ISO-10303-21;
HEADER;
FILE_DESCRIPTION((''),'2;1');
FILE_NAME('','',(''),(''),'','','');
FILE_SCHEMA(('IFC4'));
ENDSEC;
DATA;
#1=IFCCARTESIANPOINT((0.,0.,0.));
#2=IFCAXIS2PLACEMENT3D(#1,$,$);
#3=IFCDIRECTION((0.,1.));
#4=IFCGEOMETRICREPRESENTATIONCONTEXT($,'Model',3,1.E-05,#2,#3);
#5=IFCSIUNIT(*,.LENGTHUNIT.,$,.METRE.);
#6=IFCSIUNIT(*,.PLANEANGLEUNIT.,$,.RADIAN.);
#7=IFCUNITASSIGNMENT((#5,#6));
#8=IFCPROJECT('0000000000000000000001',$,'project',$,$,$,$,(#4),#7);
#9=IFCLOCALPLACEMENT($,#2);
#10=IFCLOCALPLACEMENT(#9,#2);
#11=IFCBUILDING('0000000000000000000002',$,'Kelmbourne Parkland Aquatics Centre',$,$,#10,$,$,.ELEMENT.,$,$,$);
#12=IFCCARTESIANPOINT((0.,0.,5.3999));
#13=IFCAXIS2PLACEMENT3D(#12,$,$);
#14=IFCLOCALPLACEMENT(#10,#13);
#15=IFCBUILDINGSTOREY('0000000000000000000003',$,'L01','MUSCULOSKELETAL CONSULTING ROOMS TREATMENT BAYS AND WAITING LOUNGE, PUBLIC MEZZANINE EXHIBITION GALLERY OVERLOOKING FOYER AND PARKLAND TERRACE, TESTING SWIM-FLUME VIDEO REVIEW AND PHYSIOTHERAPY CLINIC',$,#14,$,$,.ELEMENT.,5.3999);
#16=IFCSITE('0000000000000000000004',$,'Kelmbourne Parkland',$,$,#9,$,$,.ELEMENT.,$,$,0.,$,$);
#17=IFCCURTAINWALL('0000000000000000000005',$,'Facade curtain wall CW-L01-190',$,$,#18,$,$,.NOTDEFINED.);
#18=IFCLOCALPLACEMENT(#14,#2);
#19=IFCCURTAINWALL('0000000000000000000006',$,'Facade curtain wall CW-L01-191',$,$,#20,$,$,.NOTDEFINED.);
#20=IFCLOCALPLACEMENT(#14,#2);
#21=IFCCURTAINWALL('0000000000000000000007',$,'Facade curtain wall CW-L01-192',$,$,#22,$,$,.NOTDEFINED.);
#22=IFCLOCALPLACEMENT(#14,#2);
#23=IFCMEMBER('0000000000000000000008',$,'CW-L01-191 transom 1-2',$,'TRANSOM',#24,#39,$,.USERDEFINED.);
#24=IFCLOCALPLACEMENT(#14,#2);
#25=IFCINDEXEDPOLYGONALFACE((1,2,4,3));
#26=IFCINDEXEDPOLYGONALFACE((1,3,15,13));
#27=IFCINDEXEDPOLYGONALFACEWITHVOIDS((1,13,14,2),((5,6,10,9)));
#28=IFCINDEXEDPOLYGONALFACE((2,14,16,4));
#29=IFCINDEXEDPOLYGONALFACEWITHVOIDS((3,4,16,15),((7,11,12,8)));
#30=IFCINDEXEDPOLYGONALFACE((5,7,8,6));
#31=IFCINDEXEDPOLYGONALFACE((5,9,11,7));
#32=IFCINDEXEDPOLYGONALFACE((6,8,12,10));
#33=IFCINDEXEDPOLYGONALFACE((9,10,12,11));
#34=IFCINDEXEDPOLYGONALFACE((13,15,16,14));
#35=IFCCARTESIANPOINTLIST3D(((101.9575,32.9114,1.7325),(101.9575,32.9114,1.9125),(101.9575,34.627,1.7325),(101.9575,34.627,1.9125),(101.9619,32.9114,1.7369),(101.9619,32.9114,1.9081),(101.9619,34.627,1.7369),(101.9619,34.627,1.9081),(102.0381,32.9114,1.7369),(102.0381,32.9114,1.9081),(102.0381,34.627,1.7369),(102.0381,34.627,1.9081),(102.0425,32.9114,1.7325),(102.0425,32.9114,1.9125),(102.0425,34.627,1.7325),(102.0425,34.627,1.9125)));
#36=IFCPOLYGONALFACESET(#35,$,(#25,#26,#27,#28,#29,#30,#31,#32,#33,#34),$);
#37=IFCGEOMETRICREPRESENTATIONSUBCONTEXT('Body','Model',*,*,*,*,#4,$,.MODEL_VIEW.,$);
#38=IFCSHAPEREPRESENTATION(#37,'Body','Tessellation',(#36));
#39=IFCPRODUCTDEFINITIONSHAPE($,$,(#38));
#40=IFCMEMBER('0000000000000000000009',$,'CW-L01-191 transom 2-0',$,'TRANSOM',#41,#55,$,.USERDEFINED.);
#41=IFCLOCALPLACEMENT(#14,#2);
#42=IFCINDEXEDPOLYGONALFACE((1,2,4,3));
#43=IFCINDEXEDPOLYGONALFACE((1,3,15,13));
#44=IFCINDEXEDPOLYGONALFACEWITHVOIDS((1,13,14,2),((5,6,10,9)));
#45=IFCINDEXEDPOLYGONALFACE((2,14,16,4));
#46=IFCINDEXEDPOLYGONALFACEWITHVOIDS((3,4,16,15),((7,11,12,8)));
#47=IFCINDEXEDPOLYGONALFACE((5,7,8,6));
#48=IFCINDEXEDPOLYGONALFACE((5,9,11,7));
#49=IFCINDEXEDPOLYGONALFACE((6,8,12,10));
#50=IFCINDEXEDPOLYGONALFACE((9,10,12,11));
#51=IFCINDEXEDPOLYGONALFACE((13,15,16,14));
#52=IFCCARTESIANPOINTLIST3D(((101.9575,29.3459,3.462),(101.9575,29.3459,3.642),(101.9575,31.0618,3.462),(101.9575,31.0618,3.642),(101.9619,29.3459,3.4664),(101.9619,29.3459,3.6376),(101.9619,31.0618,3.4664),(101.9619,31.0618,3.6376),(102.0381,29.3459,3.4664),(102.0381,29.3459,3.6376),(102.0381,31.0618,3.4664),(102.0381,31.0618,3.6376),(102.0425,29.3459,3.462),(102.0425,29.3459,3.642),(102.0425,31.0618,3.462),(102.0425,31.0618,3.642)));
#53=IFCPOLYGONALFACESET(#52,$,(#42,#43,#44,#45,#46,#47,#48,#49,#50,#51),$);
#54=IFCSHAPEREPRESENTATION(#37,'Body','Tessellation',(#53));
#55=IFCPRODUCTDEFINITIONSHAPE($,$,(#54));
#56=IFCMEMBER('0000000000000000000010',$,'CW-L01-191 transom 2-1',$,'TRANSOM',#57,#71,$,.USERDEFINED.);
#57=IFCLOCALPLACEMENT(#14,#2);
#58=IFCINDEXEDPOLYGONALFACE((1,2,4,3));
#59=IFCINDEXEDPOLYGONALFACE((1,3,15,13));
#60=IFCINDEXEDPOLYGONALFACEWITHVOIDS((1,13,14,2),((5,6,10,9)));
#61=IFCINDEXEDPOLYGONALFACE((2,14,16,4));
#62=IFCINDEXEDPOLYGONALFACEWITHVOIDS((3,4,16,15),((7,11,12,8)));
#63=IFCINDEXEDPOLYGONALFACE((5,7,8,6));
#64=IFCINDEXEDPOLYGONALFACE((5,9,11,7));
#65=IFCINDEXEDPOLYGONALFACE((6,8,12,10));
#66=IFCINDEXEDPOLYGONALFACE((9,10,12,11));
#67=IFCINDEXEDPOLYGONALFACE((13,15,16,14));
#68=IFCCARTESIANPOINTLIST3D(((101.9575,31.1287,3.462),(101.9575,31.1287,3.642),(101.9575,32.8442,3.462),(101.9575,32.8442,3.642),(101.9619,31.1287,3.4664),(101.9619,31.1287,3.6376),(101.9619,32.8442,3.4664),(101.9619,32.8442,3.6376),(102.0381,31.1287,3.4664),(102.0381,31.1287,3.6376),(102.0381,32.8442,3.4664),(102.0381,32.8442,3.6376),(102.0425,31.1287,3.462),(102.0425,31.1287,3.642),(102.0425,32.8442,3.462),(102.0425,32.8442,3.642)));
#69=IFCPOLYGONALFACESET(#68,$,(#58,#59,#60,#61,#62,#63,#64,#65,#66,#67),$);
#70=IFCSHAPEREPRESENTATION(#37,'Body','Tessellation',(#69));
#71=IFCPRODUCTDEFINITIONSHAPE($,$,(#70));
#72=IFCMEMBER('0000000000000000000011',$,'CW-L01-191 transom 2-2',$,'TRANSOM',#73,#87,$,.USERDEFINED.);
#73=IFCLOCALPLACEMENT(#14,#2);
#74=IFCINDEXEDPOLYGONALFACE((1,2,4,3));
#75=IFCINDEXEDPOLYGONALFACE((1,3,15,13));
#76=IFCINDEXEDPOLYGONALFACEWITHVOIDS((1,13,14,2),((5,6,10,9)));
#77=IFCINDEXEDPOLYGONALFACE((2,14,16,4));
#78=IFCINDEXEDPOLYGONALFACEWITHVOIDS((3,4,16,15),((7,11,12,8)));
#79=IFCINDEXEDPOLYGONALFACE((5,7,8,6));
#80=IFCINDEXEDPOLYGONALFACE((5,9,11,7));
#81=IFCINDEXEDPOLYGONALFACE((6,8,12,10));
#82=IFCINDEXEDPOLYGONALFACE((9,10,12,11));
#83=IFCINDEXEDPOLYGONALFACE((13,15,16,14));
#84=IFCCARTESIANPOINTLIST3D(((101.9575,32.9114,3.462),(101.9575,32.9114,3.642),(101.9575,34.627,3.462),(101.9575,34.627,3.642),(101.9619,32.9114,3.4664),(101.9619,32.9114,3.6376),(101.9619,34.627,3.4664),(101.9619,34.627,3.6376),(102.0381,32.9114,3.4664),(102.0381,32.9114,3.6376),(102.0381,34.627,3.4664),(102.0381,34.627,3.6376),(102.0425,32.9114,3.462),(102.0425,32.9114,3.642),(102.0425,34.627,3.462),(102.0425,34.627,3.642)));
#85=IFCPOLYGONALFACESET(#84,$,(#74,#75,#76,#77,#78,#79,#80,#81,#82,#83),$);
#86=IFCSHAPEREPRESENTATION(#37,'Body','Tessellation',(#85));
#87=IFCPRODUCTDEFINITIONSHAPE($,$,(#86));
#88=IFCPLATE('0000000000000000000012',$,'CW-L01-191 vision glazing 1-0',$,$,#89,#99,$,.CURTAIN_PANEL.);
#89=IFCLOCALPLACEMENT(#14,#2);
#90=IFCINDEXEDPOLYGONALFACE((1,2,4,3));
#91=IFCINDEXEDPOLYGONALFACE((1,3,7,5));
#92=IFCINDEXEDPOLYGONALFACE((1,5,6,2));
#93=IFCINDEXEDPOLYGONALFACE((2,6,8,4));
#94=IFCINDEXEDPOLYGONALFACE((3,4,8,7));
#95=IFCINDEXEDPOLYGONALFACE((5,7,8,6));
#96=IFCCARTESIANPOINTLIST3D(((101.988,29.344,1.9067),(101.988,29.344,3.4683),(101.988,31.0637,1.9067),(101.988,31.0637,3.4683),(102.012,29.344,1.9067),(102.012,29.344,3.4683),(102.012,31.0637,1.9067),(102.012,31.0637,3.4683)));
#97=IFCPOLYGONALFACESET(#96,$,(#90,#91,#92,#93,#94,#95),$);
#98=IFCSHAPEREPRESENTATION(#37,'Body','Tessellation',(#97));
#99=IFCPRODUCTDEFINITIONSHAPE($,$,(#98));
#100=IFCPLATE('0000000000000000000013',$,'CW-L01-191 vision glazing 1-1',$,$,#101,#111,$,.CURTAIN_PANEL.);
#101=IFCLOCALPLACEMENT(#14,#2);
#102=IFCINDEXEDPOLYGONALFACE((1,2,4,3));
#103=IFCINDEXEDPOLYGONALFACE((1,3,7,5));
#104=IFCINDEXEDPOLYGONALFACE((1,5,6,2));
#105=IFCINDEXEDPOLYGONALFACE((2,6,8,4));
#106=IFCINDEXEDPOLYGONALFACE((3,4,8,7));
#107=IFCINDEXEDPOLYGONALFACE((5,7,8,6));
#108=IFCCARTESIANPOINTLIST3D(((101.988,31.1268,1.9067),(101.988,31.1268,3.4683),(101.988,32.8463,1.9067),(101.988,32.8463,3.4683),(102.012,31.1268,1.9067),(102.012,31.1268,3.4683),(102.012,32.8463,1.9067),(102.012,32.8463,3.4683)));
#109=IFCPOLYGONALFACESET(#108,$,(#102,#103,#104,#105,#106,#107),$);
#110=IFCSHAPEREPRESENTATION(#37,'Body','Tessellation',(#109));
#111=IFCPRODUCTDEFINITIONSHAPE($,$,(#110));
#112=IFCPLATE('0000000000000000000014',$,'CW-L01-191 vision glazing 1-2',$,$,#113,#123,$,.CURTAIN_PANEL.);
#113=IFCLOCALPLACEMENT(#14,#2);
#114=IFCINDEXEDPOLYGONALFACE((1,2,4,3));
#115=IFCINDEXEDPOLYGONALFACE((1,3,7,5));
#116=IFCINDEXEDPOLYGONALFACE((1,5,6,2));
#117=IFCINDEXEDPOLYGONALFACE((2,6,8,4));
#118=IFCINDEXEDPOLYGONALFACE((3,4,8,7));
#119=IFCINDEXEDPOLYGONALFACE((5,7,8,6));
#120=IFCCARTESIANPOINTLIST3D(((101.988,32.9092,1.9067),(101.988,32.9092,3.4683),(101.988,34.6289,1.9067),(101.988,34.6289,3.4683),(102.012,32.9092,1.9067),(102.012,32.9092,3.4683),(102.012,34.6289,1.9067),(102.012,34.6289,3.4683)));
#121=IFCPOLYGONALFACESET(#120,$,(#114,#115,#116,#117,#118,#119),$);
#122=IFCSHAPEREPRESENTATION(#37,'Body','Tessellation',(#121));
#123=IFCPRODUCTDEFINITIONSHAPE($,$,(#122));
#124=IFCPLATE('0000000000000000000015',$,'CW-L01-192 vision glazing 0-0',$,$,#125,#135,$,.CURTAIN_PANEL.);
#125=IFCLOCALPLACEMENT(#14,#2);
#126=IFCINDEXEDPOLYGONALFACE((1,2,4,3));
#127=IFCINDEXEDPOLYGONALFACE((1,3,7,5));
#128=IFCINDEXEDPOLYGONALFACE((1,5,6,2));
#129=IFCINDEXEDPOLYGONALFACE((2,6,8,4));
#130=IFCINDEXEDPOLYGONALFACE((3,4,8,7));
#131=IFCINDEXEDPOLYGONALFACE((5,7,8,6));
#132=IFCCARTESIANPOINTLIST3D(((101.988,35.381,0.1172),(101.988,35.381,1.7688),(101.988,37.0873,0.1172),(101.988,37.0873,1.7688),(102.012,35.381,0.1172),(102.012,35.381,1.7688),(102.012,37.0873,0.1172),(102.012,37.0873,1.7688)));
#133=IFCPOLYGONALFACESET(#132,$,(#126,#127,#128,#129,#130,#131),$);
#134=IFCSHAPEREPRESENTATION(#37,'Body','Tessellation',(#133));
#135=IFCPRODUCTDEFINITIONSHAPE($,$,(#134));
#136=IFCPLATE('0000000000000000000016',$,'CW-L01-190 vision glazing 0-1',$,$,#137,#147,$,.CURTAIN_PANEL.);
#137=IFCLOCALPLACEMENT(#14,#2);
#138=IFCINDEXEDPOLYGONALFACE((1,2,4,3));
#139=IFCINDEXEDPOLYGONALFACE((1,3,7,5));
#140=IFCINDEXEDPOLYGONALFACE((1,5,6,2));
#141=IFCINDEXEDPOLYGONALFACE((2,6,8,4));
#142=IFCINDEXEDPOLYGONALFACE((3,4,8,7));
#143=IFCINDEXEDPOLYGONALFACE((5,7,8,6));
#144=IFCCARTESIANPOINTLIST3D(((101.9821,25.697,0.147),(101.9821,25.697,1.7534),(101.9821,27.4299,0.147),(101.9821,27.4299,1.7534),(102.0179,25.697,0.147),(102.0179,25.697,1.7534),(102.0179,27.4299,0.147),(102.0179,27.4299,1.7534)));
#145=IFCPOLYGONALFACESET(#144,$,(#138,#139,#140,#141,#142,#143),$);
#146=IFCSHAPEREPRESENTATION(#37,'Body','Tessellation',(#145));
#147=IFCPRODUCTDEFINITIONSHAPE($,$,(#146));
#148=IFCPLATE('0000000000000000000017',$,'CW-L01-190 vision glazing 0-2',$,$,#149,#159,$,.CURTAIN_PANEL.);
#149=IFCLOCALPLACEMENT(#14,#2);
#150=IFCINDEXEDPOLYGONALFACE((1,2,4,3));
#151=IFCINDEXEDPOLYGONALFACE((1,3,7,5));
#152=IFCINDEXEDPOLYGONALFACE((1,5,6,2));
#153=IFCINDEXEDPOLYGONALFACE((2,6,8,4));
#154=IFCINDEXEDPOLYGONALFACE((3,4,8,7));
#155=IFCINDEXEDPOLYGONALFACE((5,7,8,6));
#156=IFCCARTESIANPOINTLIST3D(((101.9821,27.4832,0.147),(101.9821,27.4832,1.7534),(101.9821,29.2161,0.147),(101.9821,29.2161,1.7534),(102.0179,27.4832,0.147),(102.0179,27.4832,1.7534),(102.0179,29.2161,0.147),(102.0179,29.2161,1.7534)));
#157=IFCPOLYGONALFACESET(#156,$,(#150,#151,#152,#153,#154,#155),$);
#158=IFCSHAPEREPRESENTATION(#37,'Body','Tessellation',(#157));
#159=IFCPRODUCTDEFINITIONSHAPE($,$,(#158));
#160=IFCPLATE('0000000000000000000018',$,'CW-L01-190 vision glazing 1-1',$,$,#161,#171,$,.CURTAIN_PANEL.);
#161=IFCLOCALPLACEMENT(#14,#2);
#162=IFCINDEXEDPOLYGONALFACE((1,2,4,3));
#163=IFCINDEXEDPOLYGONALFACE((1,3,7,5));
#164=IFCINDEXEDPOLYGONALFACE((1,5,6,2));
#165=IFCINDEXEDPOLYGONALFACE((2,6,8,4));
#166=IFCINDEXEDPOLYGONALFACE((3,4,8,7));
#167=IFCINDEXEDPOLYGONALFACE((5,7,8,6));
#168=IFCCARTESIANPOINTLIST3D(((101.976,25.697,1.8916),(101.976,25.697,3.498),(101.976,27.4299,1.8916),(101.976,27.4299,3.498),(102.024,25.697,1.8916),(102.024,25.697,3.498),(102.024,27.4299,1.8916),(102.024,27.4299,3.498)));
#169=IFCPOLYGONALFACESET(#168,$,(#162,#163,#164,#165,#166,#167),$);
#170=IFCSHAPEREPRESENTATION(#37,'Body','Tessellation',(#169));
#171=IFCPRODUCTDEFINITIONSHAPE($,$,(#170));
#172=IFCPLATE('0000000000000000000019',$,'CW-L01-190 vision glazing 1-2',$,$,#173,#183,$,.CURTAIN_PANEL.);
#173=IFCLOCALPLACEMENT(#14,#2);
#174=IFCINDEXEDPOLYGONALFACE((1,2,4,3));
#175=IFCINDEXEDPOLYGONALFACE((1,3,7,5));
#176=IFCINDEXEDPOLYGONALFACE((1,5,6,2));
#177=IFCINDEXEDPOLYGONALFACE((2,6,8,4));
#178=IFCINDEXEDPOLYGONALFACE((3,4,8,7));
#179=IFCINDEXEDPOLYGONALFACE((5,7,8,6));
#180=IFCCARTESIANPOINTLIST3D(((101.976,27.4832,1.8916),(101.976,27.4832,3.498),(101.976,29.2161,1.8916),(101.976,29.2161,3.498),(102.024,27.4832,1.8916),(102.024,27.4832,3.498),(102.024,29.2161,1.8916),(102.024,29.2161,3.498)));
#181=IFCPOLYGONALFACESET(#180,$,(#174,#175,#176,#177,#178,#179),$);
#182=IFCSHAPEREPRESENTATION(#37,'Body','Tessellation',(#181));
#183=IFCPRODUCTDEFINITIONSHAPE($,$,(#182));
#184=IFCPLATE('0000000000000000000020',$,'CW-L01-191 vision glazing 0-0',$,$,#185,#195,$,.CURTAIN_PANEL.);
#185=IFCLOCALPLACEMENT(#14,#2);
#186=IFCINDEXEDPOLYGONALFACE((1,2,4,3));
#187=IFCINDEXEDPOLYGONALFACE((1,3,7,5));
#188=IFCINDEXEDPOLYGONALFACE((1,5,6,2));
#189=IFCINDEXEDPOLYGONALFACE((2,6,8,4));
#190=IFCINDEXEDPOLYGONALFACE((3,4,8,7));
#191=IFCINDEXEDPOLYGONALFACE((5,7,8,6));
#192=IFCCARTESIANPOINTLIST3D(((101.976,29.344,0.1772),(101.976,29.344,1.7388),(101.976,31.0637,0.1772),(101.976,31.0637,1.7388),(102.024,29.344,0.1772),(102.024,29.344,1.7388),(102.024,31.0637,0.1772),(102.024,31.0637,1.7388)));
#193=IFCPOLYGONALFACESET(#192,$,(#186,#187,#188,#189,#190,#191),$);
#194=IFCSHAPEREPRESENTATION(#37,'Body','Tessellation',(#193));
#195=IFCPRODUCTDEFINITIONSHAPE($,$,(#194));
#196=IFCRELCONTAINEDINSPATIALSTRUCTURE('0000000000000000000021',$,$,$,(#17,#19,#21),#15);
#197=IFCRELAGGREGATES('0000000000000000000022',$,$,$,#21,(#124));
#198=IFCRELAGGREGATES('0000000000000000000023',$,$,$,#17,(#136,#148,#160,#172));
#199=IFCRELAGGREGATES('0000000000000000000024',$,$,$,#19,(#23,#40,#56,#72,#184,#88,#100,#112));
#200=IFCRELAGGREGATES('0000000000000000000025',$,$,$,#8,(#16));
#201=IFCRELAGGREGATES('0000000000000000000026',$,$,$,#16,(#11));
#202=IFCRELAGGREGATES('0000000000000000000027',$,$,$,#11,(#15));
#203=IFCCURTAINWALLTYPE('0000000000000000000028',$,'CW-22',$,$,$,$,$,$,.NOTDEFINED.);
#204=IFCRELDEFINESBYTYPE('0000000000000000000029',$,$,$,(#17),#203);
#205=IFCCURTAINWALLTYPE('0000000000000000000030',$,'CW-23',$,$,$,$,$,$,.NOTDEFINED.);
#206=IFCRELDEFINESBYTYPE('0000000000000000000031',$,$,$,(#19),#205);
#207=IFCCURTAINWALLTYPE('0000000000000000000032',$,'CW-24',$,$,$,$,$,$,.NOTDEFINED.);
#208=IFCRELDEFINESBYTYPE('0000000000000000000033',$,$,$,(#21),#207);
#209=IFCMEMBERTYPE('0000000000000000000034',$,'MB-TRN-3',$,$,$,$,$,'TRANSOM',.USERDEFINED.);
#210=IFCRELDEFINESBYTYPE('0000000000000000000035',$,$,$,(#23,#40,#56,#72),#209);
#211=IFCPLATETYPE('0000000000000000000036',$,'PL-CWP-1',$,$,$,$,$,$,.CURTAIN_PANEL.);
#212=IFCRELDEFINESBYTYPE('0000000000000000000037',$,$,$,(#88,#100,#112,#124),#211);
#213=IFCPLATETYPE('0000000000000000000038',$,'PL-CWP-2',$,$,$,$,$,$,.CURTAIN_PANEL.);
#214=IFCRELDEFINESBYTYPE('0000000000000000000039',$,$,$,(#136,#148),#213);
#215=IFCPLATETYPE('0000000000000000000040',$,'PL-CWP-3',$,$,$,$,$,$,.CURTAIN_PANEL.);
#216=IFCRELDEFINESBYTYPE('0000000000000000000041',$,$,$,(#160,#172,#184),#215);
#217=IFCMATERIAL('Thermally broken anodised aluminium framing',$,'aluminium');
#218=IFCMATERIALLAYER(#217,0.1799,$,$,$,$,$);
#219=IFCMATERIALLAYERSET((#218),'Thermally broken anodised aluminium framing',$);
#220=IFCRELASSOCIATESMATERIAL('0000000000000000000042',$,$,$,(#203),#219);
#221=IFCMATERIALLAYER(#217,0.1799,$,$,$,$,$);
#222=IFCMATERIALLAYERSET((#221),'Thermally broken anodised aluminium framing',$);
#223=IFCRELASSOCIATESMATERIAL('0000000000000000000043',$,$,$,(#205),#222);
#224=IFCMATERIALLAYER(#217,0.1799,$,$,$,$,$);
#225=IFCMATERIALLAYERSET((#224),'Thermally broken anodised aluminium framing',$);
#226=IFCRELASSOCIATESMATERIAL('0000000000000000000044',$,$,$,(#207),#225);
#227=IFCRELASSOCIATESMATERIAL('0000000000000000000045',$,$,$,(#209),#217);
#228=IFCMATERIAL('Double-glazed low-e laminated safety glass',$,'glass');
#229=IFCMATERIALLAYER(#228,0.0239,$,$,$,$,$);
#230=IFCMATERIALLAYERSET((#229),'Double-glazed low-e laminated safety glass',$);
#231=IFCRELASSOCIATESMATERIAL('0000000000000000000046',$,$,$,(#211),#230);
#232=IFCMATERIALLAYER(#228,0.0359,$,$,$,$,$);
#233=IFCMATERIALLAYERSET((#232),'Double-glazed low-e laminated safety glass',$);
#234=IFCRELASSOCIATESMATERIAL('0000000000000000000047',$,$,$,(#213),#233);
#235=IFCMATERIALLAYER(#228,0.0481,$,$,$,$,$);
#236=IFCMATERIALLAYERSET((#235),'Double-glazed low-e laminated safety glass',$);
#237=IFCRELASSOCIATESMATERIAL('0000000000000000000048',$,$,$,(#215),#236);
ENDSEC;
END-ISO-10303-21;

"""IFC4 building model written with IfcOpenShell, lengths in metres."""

from ifc_helpers import new_model, si_unit, direction, frame, origin, origin_2d, place, context, subcontext, project, spatial, rectangle, hollow_rectangle, extrude, material, layer, layer_set, material_profile, profile_set, type_object, element, aggregate, save


model = new_model("IFC4")

# Units and contexts
model_context = context("Model", 3, precision=1e-05, world=origin(), true_north=direction((0.0, 1.0)))
body_context = subcontext(model_context, "Body", "Model", "MODEL_VIEW")
ifc_project = project(units=[si_unit("LENGTHUNIT", "METRE"), si_unit("PLANEANGLEUNIT", "RADIAN")], contexts=[model_context])

# Site, building, storey
site_placement = place(None, origin())
site = spatial("IfcSite", under=ifc_project, at=site_placement, Name="Kelmbourne Parkland", CompositionType="ELEMENT", RefElevation=0.0)
building_placement = place(site_placement, origin())
building = spatial("IfcBuilding", under=site, at=building_placement, Name="Kelmbourne Parkland Aquatics Centre", CompositionType="ELEMENT")
storey_placement = place(building_placement, frame((0.0, 0.0, 5.3999)))
storey = spatial("IfcBuildingStorey", under=building, at=storey_placement, Name="L01", Description="MUSCULOSKELETAL CONSULTING ROOMS TREATMENT BAYS AND WAITING LOUNGE, PUBLIC MEZZANINE EXHIBITION GALLERY OVERLOOKING FOYER AND PARKLAND TERRACE, TESTING SWIM-FLUME VIDEO REVIEW AND PHYSIOTHERAPY CLINIC", CompositionType="ELEMENT", Elevation=5.3999)

# Curtain walls
ifc_material_1 = material(Name="Thermally broken anodised aluminium framing", Category="aluminium")
ifc_layer_1 = layer(ifc_material_1, 0.1799)
ifc_layer_set_1 = layer_set([ifc_layer_1], Name="Thermally broken anodised aluminium framing")
curtain_wall_type_1 = type_object("IfcCurtainWallType", Name="CW-22", PredefinedType="NOTDEFINED", material=ifc_layer_set_1)
curtain_wall_1_placement = place(storey_placement, origin())
curtain_wall_1 = element("IfcCurtainWall", 1, at=curtain_wall_1_placement, inside=storey, type_object=curtain_wall_type_1, Name="Facade curtain wall CW-L01-190", PredefinedType="NOTDEFINED")
ifc_layer_2 = layer(ifc_material_1, 0.1799)
ifc_layer_set_2 = layer_set([ifc_layer_2], Name="Thermally broken anodised aluminium framing")
curtain_wall_type_2 = type_object("IfcCurtainWallType", Name="CW-23", PredefinedType="NOTDEFINED", material=ifc_layer_set_2)
curtain_wall_2_placement = place(storey_placement, origin())
curtain_wall_2 = element("IfcCurtainWall", 2, at=curtain_wall_2_placement, inside=storey, type_object=curtain_wall_type_2, Name="Facade curtain wall CW-L01-191", PredefinedType="NOTDEFINED")
ifc_layer_3 = layer(ifc_material_1, 0.1799)
ifc_layer_set_3 = layer_set([ifc_layer_3], Name="Thermally broken anodised aluminium framing")
curtain_wall_type_3 = type_object("IfcCurtainWallType", Name="CW-24", PredefinedType="NOTDEFINED", material=ifc_layer_set_3)
curtain_wall_3_placement = place(storey_placement, origin())
curtain_wall_3 = element("IfcCurtainWall", 3, at=curtain_wall_3_placement, inside=storey, type_object=curtain_wall_type_3, Name="Facade curtain wall CW-L01-192", PredefinedType="NOTDEFINED")

# Members
ifc_material_profile_1 = material_profile(ifc_material_1, hollow_rectangle(XDim=0.085, YDim=0.1799, WallThickness=0.0044, at=origin_2d()), Name="CW-T 85x180")
ifc_profile_set_1 = profile_set([ifc_material_profile_1], Name="Thermally broken anodised aluminium framing")
member_type_1 = type_object("IfcMemberType", Name="MB-TRN-3", ElementType="TRANSOM", PredefinedType="USERDEFINED", material=ifc_profile_set_1)
member_1_placement = place(storey_placement, frame((102.0, 32.9114, 1.8225), z_axis=(0.0, 1.0, 0.0), x_axis=(-1.0, 0.0, 0.0)))
member_1 = element("IfcMember", 4, at=member_1_placement, type_object=member_type_1, Name="CW-L01-191 transom 1-2", ObjectType="TRANSOM", PredefinedType="USERDEFINED", context=body_context, shape_type="SweptSolid", body=[
    extrude(hollow_rectangle(XDim=0.085, YDim=0.1799, WallThickness=0.0044, at=origin_2d()), origin(), (0.0, 0.0, 1.0), 1.7156),
])
member_2_placement = place(storey_placement, frame((102.0, 29.3459, 3.552), z_axis=(0.0, 1.0, 0.0), x_axis=(-1.0, 0.0, 0.0)))
member_2 = element("IfcMember", 5, at=member_2_placement, type_object=member_type_1, Name="CW-L01-191 transom 2-0", ObjectType="TRANSOM", PredefinedType="USERDEFINED", context=body_context, shape_type="SweptSolid", body=[
    extrude(hollow_rectangle(XDim=0.085, YDim=0.1799, WallThickness=0.0044, at=origin_2d()), origin(), (0.0, 0.0, 1.0), 1.7158),
])
member_3_placement = place(storey_placement, frame((102.0, 31.1287, 3.552), z_axis=(0.0, 1.0, 0.0), x_axis=(-1.0, 0.0, 0.0)))
member_3 = element("IfcMember", 6, at=member_3_placement, type_object=member_type_1, Name="CW-L01-191 transom 2-1", ObjectType="TRANSOM", PredefinedType="USERDEFINED", context=body_context, shape_type="SweptSolid", body=[
    extrude(hollow_rectangle(XDim=0.085, YDim=0.1799, WallThickness=0.0044, at=origin_2d()), origin(), (0.0, 0.0, 1.0), 1.7156),
])
member_4_placement = place(storey_placement, frame((102.0, 32.9114, 3.552), z_axis=(0.0, 1.0, 0.0), x_axis=(-1.0, 0.0, 0.0)))
member_4 = element("IfcMember", 7, at=member_4_placement, type_object=member_type_1, Name="CW-L01-191 transom 2-2", ObjectType="TRANSOM", PredefinedType="USERDEFINED", context=body_context, shape_type="SweptSolid", body=[
    extrude(hollow_rectangle(XDim=0.085, YDim=0.1799, WallThickness=0.0044, at=origin_2d()), origin(), (0.0, 0.0, 1.0), 1.7156),
])

# Plates
ifc_material_2 = material(Name="Double-glazed low-e laminated safety glass", Category="glass")
ifc_layer_4 = layer(ifc_material_2, 0.0239)
ifc_layer_set_4 = layer_set([ifc_layer_4], Name="Double-glazed low-e laminated safety glass")
plate_type_1 = type_object("IfcPlateType", Name="PL-CWP-1", PredefinedType="CURTAIN_PANEL", material=ifc_layer_set_4)
plate_1_placement = place(storey_placement, frame((102.0, 30.2039, 1.9067), z_axis=(0.0, 0.0, 1.0), x_axis=(0.0, 1.0, 0.0)))
plate_1 = element("IfcPlate", 8, at=plate_1_placement, type_object=plate_type_1, Name="CW-L01-191 vision glazing 1-0", PredefinedType="CURTAIN_PANEL", context=body_context, shape_type="SweptSolid", body=[
    extrude(rectangle(XDim=1.7197, YDim=0.0239, at=origin_2d()), origin(), (0.0, 0.0, 1.0), 1.5615),
])
plate_2_placement = place(storey_placement, frame((102.0, 31.9866, 1.9067), z_axis=(0.0, 0.0, 1.0), x_axis=(0.0, 1.0, 0.0)))
plate_2 = element("IfcPlate", 9, at=plate_2_placement, type_object=plate_type_1, Name="CW-L01-191 vision glazing 1-1", PredefinedType="CURTAIN_PANEL", context=body_context, shape_type="SweptSolid", body=[
    extrude(rectangle(XDim=1.7195, YDim=0.0239, at=origin_2d()), origin(), (0.0, 0.0, 1.0), 1.5615),
])
plate_3_placement = place(storey_placement, frame((102.0, 33.769, 1.9067), z_axis=(0.0, 0.0, 1.0), x_axis=(0.0, 1.0, 0.0)))
plate_3 = element("IfcPlate", 10, at=plate_3_placement, type_object=plate_type_1, Name="CW-L01-191 vision glazing 1-2", PredefinedType="CURTAIN_PANEL", context=body_context, shape_type="SweptSolid", body=[
    extrude(rectangle(XDim=1.7197, YDim=0.0239, at=origin_2d()), origin(), (0.0, 0.0, 1.0), 1.5615),
])
plate_4_placement = place(storey_placement, frame((102.0, 36.2341, 0.1172), z_axis=(0.0, 0.0, 1.0), x_axis=(0.0, 1.0, 0.0)))
plate_4 = element("IfcPlate", 11, at=plate_4_placement, type_object=plate_type_1, Name="CW-L01-192 vision glazing 0-0", PredefinedType="CURTAIN_PANEL", context=body_context, shape_type="SweptSolid", body=[
    extrude(rectangle(XDim=1.7063, YDim=0.0239, at=origin_2d()), origin(), (0.0, 0.0, 1.0), 1.6516),
])
aggregate(curtain_wall_3, [plate_4])
ifc_layer_5 = layer(ifc_material_2, 0.0359)
ifc_layer_set_5 = layer_set([ifc_layer_5], Name="Double-glazed low-e laminated safety glass")
plate_type_2 = type_object("IfcPlateType", Name="PL-CWP-2", PredefinedType="CURTAIN_PANEL", material=ifc_layer_set_5)
plate_5_placement = place(storey_placement, frame((102.0, 26.5635, 0.147), z_axis=(0.0, 0.0, 1.0), x_axis=(0.0, 1.0, 0.0)))
plate_5 = element("IfcPlate", 12, at=plate_5_placement, type_object=plate_type_2, Name="CW-L01-190 vision glazing 0-1", PredefinedType="CURTAIN_PANEL", context=body_context, shape_type="SweptSolid", body=[
    extrude(rectangle(XDim=1.7329, YDim=0.0359, at=origin_2d()), origin(), (0.0, 0.0, 1.0), 1.6064),
])
plate_6_placement = place(storey_placement, frame((102.0, 28.3496, 0.147), z_axis=(0.0, 0.0, 1.0), x_axis=(0.0, 1.0, 0.0)))
plate_6 = element("IfcPlate", 13, at=plate_6_placement, type_object=plate_type_2, Name="CW-L01-190 vision glazing 0-2", PredefinedType="CURTAIN_PANEL", context=body_context, shape_type="SweptSolid", body=[
    extrude(rectangle(XDim=1.7329, YDim=0.0359, at=origin_2d()), origin(), (0.0, 0.0, 1.0), 1.6064),
])
ifc_layer_6 = layer(ifc_material_2, 0.0481)
ifc_layer_set_6 = layer_set([ifc_layer_6], Name="Double-glazed low-e laminated safety glass")
plate_type_3 = type_object("IfcPlateType", Name="PL-CWP-3", PredefinedType="CURTAIN_PANEL", material=ifc_layer_set_6)
plate_7_placement = place(storey_placement, frame((102.0, 26.5635, 1.8916), z_axis=(0.0, 0.0, 1.0), x_axis=(0.0, 1.0, 0.0)))
plate_7 = element("IfcPlate", 14, at=plate_7_placement, type_object=plate_type_3, Name="CW-L01-190 vision glazing 1-1", PredefinedType="CURTAIN_PANEL", context=body_context, shape_type="SweptSolid", body=[
    extrude(rectangle(XDim=1.7329, YDim=0.0481, at=origin_2d()), origin(), (0.0, 0.0, 1.0), 1.6064),
])
plate_8_placement = place(storey_placement, frame((102.0, 28.3496, 1.8916), z_axis=(0.0, 0.0, 1.0), x_axis=(0.0, 1.0, 0.0)))
plate_8 = element("IfcPlate", 15, at=plate_8_placement, type_object=plate_type_3, Name="CW-L01-190 vision glazing 1-2", PredefinedType="CURTAIN_PANEL", context=body_context, shape_type="SweptSolid", body=[
    extrude(rectangle(XDim=1.7329, YDim=0.0481, at=origin_2d()), origin(), (0.0, 0.0, 1.0), 1.6064),
])
aggregate(curtain_wall_1, [plate_5, plate_6, plate_7, plate_8])
plate_9_placement = place(storey_placement, frame((102.0, 30.2039, 0.1772), z_axis=(0.0, 0.0, 1.0), x_axis=(0.0, 1.0, 0.0)))
plate_9 = element("IfcPlate", 16, at=plate_9_placement, type_object=plate_type_3, Name="CW-L01-191 vision glazing 0-0", PredefinedType="CURTAIN_PANEL", context=body_context, shape_type="SweptSolid", body=[
    extrude(rectangle(XDim=1.7197, YDim=0.0481, at=origin_2d()), origin(), (0.0, 0.0, 1.0), 1.5615),
])
aggregate(curtain_wall_2, [member_1, member_2, member_3, member_4, plate_9, plate_1, plate_2, plate_3])

save(model, "model.ifc")
